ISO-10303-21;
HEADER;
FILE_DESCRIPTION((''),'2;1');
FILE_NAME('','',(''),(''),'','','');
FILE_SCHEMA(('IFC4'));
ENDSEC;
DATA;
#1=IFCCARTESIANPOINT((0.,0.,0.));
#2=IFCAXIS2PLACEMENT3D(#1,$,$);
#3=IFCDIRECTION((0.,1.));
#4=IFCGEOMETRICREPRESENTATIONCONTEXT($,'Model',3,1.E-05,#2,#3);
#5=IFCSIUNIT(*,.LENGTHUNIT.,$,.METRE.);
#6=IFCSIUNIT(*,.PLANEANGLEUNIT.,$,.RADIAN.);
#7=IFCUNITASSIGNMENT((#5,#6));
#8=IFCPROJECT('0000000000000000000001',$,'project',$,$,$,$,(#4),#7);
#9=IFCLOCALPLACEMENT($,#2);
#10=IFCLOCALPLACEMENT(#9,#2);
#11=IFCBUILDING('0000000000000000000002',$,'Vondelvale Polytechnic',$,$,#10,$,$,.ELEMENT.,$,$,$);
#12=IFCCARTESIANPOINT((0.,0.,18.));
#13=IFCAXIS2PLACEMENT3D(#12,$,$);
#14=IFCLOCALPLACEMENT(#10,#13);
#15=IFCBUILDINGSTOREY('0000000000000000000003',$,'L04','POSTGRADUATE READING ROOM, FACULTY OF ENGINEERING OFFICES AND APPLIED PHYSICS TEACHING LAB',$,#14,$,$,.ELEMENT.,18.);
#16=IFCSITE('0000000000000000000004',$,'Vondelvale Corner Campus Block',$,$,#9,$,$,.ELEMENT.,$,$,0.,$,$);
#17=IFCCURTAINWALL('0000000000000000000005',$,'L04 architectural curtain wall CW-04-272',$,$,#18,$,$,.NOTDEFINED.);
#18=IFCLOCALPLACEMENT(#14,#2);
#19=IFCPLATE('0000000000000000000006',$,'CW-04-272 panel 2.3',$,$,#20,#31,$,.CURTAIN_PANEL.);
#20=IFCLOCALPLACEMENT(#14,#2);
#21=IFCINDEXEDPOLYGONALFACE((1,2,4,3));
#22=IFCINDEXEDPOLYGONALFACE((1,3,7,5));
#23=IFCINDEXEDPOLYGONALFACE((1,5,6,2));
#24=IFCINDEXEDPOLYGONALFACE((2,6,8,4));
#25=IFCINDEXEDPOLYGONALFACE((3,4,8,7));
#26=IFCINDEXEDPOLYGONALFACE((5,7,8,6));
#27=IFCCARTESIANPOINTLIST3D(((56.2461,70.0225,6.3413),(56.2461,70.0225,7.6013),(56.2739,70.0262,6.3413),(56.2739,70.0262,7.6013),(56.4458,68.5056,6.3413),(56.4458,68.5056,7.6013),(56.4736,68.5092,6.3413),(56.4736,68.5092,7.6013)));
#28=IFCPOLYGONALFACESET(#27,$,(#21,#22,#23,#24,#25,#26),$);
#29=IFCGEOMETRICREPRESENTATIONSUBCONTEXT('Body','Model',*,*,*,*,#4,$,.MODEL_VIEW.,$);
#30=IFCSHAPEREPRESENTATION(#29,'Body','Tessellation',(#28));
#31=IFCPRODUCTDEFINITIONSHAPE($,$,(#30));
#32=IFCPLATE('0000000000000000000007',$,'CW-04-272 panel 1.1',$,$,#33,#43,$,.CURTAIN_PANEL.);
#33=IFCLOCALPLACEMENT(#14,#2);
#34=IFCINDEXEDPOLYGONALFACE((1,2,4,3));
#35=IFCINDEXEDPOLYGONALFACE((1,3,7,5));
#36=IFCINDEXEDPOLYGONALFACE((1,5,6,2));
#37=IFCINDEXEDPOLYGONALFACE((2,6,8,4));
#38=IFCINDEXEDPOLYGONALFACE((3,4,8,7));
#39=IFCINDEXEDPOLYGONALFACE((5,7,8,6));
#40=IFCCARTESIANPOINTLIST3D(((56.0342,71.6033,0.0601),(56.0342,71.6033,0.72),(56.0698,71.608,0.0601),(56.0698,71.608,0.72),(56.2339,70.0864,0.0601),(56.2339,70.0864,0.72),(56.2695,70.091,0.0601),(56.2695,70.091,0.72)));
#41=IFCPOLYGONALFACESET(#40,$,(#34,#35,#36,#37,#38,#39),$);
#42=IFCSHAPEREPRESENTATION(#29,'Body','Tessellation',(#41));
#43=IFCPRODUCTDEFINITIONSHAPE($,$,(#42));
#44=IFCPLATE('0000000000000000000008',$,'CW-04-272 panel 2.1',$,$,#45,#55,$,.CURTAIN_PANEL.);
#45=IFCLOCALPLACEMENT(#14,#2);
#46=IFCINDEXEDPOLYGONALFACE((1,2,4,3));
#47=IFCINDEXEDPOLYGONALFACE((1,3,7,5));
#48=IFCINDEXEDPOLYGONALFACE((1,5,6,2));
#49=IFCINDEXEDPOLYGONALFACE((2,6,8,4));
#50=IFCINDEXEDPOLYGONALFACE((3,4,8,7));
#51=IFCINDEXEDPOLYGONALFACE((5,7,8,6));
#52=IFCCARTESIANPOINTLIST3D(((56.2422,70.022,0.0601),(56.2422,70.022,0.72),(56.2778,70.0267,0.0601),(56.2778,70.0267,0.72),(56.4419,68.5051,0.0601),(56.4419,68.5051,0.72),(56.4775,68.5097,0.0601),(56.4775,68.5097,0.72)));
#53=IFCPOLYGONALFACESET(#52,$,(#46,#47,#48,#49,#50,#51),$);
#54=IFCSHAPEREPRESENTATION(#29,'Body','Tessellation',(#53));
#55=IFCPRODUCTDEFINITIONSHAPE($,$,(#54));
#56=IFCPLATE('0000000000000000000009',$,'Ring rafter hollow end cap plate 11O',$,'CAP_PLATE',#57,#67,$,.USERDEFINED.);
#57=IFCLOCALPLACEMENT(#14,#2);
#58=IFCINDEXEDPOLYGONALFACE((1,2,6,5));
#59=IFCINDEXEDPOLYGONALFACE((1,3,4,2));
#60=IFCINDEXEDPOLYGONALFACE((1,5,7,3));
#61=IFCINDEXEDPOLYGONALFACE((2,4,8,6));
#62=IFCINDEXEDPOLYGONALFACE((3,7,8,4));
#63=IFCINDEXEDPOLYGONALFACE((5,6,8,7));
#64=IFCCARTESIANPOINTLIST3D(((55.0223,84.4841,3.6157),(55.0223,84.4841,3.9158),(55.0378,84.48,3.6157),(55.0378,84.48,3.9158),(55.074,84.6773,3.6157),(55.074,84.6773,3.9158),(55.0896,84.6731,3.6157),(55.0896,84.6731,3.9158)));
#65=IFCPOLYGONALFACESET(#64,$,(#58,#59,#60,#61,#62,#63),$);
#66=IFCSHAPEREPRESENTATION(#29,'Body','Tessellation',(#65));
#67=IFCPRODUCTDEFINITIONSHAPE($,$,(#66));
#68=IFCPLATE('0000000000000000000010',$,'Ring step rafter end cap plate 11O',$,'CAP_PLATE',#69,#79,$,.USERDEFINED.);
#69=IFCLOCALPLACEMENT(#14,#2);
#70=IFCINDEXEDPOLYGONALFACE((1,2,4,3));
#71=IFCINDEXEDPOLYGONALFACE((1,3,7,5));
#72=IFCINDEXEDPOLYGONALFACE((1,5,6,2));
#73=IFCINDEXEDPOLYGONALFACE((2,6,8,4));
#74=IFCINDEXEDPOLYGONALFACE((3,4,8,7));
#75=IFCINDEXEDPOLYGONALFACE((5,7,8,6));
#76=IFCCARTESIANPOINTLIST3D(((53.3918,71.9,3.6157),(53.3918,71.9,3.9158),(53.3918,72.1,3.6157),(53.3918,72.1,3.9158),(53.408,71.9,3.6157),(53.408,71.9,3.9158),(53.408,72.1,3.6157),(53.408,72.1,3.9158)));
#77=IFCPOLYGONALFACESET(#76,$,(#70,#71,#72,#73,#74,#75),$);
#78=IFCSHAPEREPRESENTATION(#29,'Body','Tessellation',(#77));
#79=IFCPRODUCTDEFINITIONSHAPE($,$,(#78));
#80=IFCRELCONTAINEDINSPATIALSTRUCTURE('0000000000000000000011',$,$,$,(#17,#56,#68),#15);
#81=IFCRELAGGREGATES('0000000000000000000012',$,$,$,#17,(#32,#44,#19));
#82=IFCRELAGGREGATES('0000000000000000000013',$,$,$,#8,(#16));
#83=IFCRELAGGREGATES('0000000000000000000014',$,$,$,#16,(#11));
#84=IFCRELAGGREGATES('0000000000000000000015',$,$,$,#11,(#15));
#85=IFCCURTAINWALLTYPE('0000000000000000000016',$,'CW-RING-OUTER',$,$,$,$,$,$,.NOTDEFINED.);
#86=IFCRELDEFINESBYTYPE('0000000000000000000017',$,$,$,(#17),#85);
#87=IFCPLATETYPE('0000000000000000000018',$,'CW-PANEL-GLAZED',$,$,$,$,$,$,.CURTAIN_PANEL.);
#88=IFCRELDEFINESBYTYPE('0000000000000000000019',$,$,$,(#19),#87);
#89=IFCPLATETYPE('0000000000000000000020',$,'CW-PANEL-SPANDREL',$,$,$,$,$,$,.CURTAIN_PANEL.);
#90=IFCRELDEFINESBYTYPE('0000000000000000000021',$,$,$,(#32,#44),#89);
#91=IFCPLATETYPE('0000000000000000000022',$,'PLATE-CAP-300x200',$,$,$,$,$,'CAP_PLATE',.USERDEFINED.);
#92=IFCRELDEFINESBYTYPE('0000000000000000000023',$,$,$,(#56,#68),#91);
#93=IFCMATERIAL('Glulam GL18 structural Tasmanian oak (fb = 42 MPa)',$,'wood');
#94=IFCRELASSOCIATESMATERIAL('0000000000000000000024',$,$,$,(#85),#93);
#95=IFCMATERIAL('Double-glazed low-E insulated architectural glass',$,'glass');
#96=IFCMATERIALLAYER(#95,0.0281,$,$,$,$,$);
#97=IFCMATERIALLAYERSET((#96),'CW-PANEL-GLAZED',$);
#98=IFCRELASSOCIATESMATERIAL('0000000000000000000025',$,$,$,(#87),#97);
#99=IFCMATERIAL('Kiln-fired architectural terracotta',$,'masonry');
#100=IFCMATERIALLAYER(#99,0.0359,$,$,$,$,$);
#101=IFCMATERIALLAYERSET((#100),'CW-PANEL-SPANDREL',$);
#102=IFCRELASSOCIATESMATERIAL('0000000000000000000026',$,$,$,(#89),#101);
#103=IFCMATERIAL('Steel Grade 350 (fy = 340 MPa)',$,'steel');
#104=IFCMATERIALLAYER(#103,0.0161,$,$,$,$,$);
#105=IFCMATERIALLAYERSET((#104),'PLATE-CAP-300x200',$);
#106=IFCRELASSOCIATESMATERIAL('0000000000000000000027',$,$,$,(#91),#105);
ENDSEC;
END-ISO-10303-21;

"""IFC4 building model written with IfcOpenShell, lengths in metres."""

from ifc_helpers import new_model, si_unit, direction, frame, origin, origin_2d, place, context, subcontext, project, spatial, rectangle, extrude, material, layer, layer_set, type_object, element, aggregate, save


model = new_model("IFC4")

# Units and contexts
model_context = context("Model", 3, precision=1e-05, world=origin(), true_north=direction((0.0, 1.0)))
body_context = subcontext(model_context, "Body", "Model", "MODEL_VIEW")
ifc_project = project(units=[si_unit("LENGTHUNIT", "METRE"), si_unit("PLANEANGLEUNIT", "RADIAN")], contexts=[model_context])

# Site, building, storey
site_placement = place(None, origin())
site = spatial("IfcSite", under=ifc_project, at=site_placement, Name="Vondelvale Corner Campus Block", CompositionType="ELEMENT", RefElevation=0.0)
building_placement = place(site_placement, origin())
building = spatial("IfcBuilding", under=site, at=building_placement, Name="Vondelvale Polytechnic", CompositionType="ELEMENT")
storey_placement = place(building_placement, frame((0.0, 0.0, 18.0)))
storey = spatial("IfcBuildingStorey", under=building, at=storey_placement, Name="L04", Description="POSTGRADUATE READING ROOM, FACULTY OF ENGINEERING OFFICES AND APPLIED PHYSICS TEACHING LAB", CompositionType="ELEMENT", Elevation=18.0)

# Shared definitions
ifc_material_1 = material(Name="Glulam GL18 structural Tasmanian oak (fb = 42 MPa)", Category="wood")

# Curtain wall
curtain_wall_type = type_object("IfcCurtainWallType", Name="CW-RING-OUTER", PredefinedType="NOTDEFINED", material=ifc_material_1)
curtain_wall_placement = place(storey_placement, origin())
curtain_wall = element("IfcCurtainWall", 1, at=curtain_wall_placement, inside=storey, type_object=curtain_wall_type, Name="L04 architectural curtain wall CW-04-272", PredefinedType="NOTDEFINED")

# Plates
ifc_material_2 = material(Name="Double-glazed low-E insulated architectural glass", Category="glass")
ifc_layer_1 = layer(ifc_material_2, 0.0281)
ifc_layer_set_1 = layer_set([ifc_layer_1], Name="CW-PANEL-GLAZED")
plate_type_1 = type_object("IfcPlateType", Name="CW-PANEL-GLAZED", PredefinedType="CURTAIN_PANEL", material=ifc_layer_set_1)
plate_1_placement = place(storey_placement, frame((56.3599, 69.2659, 6.3413), z_axis=(0.0, 0.0, 1.0), x_axis=(0.13054, -0.991443, 0.0)))
plate_1 = element("IfcPlate", 2, at=plate_1_placement, type_object=plate_type_1, Name="CW-04-272 panel 2.3", PredefinedType="CURTAIN_PANEL", context=body_context, shape_type="SweptSolid", body=[
    extrude(rectangle(XDim=1.53, YDim=0.0281, at=origin_2d()), origin(), (0.0, 0.0, 1.0), 1.26),
])
ifc_material_3 = material(Name="Kiln-fired architectural terracotta", Category="masonry")
ifc_layer_2 = layer(ifc_material_3, 0.0359)
ifc_layer_set_2 = layer_set([ifc_layer_2], Name="CW-PANEL-SPANDREL")
plate_type_2 = type_object("IfcPlateType", Name="CW-PANEL-SPANDREL", PredefinedType="CURTAIN_PANEL", material=ifc_layer_set_2)
plate_2_placement = place(storey_placement, frame((56.1519, 70.8472, 0.0601), z_axis=(0.0, 0.0, 1.0), x_axis=(0.13054, -0.991443, 0.0)))
plate_2 = element("IfcPlate", 3, at=plate_2_placement, type_object=plate_type_2, Name="CW-04-272 panel 1.1", PredefinedType="CURTAIN_PANEL", context=body_context, shape_type="SweptSolid", body=[
    extrude(rectangle(XDim=1.53, YDim=0.0359, at=origin_2d()), origin(), (0.0, 0.0, 1.0), 0.6599),
])
plate_3_placement = place(storey_placement, frame((56.3599, 69.2659, 0.0601), z_axis=(0.0, 0.0, 1.0), x_axis=(0.13054, -0.991443, 0.0)))
plate_3 = element("IfcPlate", 4, at=plate_3_placement, type_object=plate_type_2, Name="CW-04-272 panel 2.1", PredefinedType="CURTAIN_PANEL", context=body_context, shape_type="SweptSolid", body=[
    extrude(rectangle(XDim=1.53, YDim=0.0359, at=origin_2d()), origin(), (0.0, 0.0, 1.0), 0.6599),
])
aggregate(curtain_wall, [plate_2, plate_3, plate_1])

# Plates
ifc_material_4 = material(Name="Steel Grade 350 (fy = 340 MPa)", Category="steel")
ifc_layer_3 = layer(ifc_material_4, 0.0161)
ifc_layer_set_3 = layer_set([ifc_layer_3], Name="PLATE-CAP-300x200")
plate_type_3 = type_object("IfcPlateType", Name="PLATE-CAP-300x200", ElementType="CAP_PLATE", PredefinedType="USERDEFINED", material=ifc_layer_set_3)
for number, where, z_axis, x_axis, name in (
    (5, (55.0559, 84.5786, 3.6157), (0.0, 0.0, 1.0), (0.965926, -0.258819, 0.0), "Ring rafter hollow end cap plate 11O"),
    (6, (53.3999, 72.0, 3.6157), (0.0, 0.0, 1.0), (1.0, 0.0, 0.0), "Ring step rafter end cap plate 11O"),
):
    element("IfcPlate", number, at=place(storey_placement, frame(where, z_axis=z_axis, x_axis=x_axis)), inside=storey, type_object=plate_type_3, Name=name, ObjectType="CAP_PLATE", PredefinedType="USERDEFINED", context=body_context, shape_type="SweptSolid", body=[
        extrude(rectangle(XDim=0.0161, YDim=0.2, at=origin_2d()), origin(), (0.0, 0.0, 1.0), 0.3),
    ])

save(model, "model.ifc")
